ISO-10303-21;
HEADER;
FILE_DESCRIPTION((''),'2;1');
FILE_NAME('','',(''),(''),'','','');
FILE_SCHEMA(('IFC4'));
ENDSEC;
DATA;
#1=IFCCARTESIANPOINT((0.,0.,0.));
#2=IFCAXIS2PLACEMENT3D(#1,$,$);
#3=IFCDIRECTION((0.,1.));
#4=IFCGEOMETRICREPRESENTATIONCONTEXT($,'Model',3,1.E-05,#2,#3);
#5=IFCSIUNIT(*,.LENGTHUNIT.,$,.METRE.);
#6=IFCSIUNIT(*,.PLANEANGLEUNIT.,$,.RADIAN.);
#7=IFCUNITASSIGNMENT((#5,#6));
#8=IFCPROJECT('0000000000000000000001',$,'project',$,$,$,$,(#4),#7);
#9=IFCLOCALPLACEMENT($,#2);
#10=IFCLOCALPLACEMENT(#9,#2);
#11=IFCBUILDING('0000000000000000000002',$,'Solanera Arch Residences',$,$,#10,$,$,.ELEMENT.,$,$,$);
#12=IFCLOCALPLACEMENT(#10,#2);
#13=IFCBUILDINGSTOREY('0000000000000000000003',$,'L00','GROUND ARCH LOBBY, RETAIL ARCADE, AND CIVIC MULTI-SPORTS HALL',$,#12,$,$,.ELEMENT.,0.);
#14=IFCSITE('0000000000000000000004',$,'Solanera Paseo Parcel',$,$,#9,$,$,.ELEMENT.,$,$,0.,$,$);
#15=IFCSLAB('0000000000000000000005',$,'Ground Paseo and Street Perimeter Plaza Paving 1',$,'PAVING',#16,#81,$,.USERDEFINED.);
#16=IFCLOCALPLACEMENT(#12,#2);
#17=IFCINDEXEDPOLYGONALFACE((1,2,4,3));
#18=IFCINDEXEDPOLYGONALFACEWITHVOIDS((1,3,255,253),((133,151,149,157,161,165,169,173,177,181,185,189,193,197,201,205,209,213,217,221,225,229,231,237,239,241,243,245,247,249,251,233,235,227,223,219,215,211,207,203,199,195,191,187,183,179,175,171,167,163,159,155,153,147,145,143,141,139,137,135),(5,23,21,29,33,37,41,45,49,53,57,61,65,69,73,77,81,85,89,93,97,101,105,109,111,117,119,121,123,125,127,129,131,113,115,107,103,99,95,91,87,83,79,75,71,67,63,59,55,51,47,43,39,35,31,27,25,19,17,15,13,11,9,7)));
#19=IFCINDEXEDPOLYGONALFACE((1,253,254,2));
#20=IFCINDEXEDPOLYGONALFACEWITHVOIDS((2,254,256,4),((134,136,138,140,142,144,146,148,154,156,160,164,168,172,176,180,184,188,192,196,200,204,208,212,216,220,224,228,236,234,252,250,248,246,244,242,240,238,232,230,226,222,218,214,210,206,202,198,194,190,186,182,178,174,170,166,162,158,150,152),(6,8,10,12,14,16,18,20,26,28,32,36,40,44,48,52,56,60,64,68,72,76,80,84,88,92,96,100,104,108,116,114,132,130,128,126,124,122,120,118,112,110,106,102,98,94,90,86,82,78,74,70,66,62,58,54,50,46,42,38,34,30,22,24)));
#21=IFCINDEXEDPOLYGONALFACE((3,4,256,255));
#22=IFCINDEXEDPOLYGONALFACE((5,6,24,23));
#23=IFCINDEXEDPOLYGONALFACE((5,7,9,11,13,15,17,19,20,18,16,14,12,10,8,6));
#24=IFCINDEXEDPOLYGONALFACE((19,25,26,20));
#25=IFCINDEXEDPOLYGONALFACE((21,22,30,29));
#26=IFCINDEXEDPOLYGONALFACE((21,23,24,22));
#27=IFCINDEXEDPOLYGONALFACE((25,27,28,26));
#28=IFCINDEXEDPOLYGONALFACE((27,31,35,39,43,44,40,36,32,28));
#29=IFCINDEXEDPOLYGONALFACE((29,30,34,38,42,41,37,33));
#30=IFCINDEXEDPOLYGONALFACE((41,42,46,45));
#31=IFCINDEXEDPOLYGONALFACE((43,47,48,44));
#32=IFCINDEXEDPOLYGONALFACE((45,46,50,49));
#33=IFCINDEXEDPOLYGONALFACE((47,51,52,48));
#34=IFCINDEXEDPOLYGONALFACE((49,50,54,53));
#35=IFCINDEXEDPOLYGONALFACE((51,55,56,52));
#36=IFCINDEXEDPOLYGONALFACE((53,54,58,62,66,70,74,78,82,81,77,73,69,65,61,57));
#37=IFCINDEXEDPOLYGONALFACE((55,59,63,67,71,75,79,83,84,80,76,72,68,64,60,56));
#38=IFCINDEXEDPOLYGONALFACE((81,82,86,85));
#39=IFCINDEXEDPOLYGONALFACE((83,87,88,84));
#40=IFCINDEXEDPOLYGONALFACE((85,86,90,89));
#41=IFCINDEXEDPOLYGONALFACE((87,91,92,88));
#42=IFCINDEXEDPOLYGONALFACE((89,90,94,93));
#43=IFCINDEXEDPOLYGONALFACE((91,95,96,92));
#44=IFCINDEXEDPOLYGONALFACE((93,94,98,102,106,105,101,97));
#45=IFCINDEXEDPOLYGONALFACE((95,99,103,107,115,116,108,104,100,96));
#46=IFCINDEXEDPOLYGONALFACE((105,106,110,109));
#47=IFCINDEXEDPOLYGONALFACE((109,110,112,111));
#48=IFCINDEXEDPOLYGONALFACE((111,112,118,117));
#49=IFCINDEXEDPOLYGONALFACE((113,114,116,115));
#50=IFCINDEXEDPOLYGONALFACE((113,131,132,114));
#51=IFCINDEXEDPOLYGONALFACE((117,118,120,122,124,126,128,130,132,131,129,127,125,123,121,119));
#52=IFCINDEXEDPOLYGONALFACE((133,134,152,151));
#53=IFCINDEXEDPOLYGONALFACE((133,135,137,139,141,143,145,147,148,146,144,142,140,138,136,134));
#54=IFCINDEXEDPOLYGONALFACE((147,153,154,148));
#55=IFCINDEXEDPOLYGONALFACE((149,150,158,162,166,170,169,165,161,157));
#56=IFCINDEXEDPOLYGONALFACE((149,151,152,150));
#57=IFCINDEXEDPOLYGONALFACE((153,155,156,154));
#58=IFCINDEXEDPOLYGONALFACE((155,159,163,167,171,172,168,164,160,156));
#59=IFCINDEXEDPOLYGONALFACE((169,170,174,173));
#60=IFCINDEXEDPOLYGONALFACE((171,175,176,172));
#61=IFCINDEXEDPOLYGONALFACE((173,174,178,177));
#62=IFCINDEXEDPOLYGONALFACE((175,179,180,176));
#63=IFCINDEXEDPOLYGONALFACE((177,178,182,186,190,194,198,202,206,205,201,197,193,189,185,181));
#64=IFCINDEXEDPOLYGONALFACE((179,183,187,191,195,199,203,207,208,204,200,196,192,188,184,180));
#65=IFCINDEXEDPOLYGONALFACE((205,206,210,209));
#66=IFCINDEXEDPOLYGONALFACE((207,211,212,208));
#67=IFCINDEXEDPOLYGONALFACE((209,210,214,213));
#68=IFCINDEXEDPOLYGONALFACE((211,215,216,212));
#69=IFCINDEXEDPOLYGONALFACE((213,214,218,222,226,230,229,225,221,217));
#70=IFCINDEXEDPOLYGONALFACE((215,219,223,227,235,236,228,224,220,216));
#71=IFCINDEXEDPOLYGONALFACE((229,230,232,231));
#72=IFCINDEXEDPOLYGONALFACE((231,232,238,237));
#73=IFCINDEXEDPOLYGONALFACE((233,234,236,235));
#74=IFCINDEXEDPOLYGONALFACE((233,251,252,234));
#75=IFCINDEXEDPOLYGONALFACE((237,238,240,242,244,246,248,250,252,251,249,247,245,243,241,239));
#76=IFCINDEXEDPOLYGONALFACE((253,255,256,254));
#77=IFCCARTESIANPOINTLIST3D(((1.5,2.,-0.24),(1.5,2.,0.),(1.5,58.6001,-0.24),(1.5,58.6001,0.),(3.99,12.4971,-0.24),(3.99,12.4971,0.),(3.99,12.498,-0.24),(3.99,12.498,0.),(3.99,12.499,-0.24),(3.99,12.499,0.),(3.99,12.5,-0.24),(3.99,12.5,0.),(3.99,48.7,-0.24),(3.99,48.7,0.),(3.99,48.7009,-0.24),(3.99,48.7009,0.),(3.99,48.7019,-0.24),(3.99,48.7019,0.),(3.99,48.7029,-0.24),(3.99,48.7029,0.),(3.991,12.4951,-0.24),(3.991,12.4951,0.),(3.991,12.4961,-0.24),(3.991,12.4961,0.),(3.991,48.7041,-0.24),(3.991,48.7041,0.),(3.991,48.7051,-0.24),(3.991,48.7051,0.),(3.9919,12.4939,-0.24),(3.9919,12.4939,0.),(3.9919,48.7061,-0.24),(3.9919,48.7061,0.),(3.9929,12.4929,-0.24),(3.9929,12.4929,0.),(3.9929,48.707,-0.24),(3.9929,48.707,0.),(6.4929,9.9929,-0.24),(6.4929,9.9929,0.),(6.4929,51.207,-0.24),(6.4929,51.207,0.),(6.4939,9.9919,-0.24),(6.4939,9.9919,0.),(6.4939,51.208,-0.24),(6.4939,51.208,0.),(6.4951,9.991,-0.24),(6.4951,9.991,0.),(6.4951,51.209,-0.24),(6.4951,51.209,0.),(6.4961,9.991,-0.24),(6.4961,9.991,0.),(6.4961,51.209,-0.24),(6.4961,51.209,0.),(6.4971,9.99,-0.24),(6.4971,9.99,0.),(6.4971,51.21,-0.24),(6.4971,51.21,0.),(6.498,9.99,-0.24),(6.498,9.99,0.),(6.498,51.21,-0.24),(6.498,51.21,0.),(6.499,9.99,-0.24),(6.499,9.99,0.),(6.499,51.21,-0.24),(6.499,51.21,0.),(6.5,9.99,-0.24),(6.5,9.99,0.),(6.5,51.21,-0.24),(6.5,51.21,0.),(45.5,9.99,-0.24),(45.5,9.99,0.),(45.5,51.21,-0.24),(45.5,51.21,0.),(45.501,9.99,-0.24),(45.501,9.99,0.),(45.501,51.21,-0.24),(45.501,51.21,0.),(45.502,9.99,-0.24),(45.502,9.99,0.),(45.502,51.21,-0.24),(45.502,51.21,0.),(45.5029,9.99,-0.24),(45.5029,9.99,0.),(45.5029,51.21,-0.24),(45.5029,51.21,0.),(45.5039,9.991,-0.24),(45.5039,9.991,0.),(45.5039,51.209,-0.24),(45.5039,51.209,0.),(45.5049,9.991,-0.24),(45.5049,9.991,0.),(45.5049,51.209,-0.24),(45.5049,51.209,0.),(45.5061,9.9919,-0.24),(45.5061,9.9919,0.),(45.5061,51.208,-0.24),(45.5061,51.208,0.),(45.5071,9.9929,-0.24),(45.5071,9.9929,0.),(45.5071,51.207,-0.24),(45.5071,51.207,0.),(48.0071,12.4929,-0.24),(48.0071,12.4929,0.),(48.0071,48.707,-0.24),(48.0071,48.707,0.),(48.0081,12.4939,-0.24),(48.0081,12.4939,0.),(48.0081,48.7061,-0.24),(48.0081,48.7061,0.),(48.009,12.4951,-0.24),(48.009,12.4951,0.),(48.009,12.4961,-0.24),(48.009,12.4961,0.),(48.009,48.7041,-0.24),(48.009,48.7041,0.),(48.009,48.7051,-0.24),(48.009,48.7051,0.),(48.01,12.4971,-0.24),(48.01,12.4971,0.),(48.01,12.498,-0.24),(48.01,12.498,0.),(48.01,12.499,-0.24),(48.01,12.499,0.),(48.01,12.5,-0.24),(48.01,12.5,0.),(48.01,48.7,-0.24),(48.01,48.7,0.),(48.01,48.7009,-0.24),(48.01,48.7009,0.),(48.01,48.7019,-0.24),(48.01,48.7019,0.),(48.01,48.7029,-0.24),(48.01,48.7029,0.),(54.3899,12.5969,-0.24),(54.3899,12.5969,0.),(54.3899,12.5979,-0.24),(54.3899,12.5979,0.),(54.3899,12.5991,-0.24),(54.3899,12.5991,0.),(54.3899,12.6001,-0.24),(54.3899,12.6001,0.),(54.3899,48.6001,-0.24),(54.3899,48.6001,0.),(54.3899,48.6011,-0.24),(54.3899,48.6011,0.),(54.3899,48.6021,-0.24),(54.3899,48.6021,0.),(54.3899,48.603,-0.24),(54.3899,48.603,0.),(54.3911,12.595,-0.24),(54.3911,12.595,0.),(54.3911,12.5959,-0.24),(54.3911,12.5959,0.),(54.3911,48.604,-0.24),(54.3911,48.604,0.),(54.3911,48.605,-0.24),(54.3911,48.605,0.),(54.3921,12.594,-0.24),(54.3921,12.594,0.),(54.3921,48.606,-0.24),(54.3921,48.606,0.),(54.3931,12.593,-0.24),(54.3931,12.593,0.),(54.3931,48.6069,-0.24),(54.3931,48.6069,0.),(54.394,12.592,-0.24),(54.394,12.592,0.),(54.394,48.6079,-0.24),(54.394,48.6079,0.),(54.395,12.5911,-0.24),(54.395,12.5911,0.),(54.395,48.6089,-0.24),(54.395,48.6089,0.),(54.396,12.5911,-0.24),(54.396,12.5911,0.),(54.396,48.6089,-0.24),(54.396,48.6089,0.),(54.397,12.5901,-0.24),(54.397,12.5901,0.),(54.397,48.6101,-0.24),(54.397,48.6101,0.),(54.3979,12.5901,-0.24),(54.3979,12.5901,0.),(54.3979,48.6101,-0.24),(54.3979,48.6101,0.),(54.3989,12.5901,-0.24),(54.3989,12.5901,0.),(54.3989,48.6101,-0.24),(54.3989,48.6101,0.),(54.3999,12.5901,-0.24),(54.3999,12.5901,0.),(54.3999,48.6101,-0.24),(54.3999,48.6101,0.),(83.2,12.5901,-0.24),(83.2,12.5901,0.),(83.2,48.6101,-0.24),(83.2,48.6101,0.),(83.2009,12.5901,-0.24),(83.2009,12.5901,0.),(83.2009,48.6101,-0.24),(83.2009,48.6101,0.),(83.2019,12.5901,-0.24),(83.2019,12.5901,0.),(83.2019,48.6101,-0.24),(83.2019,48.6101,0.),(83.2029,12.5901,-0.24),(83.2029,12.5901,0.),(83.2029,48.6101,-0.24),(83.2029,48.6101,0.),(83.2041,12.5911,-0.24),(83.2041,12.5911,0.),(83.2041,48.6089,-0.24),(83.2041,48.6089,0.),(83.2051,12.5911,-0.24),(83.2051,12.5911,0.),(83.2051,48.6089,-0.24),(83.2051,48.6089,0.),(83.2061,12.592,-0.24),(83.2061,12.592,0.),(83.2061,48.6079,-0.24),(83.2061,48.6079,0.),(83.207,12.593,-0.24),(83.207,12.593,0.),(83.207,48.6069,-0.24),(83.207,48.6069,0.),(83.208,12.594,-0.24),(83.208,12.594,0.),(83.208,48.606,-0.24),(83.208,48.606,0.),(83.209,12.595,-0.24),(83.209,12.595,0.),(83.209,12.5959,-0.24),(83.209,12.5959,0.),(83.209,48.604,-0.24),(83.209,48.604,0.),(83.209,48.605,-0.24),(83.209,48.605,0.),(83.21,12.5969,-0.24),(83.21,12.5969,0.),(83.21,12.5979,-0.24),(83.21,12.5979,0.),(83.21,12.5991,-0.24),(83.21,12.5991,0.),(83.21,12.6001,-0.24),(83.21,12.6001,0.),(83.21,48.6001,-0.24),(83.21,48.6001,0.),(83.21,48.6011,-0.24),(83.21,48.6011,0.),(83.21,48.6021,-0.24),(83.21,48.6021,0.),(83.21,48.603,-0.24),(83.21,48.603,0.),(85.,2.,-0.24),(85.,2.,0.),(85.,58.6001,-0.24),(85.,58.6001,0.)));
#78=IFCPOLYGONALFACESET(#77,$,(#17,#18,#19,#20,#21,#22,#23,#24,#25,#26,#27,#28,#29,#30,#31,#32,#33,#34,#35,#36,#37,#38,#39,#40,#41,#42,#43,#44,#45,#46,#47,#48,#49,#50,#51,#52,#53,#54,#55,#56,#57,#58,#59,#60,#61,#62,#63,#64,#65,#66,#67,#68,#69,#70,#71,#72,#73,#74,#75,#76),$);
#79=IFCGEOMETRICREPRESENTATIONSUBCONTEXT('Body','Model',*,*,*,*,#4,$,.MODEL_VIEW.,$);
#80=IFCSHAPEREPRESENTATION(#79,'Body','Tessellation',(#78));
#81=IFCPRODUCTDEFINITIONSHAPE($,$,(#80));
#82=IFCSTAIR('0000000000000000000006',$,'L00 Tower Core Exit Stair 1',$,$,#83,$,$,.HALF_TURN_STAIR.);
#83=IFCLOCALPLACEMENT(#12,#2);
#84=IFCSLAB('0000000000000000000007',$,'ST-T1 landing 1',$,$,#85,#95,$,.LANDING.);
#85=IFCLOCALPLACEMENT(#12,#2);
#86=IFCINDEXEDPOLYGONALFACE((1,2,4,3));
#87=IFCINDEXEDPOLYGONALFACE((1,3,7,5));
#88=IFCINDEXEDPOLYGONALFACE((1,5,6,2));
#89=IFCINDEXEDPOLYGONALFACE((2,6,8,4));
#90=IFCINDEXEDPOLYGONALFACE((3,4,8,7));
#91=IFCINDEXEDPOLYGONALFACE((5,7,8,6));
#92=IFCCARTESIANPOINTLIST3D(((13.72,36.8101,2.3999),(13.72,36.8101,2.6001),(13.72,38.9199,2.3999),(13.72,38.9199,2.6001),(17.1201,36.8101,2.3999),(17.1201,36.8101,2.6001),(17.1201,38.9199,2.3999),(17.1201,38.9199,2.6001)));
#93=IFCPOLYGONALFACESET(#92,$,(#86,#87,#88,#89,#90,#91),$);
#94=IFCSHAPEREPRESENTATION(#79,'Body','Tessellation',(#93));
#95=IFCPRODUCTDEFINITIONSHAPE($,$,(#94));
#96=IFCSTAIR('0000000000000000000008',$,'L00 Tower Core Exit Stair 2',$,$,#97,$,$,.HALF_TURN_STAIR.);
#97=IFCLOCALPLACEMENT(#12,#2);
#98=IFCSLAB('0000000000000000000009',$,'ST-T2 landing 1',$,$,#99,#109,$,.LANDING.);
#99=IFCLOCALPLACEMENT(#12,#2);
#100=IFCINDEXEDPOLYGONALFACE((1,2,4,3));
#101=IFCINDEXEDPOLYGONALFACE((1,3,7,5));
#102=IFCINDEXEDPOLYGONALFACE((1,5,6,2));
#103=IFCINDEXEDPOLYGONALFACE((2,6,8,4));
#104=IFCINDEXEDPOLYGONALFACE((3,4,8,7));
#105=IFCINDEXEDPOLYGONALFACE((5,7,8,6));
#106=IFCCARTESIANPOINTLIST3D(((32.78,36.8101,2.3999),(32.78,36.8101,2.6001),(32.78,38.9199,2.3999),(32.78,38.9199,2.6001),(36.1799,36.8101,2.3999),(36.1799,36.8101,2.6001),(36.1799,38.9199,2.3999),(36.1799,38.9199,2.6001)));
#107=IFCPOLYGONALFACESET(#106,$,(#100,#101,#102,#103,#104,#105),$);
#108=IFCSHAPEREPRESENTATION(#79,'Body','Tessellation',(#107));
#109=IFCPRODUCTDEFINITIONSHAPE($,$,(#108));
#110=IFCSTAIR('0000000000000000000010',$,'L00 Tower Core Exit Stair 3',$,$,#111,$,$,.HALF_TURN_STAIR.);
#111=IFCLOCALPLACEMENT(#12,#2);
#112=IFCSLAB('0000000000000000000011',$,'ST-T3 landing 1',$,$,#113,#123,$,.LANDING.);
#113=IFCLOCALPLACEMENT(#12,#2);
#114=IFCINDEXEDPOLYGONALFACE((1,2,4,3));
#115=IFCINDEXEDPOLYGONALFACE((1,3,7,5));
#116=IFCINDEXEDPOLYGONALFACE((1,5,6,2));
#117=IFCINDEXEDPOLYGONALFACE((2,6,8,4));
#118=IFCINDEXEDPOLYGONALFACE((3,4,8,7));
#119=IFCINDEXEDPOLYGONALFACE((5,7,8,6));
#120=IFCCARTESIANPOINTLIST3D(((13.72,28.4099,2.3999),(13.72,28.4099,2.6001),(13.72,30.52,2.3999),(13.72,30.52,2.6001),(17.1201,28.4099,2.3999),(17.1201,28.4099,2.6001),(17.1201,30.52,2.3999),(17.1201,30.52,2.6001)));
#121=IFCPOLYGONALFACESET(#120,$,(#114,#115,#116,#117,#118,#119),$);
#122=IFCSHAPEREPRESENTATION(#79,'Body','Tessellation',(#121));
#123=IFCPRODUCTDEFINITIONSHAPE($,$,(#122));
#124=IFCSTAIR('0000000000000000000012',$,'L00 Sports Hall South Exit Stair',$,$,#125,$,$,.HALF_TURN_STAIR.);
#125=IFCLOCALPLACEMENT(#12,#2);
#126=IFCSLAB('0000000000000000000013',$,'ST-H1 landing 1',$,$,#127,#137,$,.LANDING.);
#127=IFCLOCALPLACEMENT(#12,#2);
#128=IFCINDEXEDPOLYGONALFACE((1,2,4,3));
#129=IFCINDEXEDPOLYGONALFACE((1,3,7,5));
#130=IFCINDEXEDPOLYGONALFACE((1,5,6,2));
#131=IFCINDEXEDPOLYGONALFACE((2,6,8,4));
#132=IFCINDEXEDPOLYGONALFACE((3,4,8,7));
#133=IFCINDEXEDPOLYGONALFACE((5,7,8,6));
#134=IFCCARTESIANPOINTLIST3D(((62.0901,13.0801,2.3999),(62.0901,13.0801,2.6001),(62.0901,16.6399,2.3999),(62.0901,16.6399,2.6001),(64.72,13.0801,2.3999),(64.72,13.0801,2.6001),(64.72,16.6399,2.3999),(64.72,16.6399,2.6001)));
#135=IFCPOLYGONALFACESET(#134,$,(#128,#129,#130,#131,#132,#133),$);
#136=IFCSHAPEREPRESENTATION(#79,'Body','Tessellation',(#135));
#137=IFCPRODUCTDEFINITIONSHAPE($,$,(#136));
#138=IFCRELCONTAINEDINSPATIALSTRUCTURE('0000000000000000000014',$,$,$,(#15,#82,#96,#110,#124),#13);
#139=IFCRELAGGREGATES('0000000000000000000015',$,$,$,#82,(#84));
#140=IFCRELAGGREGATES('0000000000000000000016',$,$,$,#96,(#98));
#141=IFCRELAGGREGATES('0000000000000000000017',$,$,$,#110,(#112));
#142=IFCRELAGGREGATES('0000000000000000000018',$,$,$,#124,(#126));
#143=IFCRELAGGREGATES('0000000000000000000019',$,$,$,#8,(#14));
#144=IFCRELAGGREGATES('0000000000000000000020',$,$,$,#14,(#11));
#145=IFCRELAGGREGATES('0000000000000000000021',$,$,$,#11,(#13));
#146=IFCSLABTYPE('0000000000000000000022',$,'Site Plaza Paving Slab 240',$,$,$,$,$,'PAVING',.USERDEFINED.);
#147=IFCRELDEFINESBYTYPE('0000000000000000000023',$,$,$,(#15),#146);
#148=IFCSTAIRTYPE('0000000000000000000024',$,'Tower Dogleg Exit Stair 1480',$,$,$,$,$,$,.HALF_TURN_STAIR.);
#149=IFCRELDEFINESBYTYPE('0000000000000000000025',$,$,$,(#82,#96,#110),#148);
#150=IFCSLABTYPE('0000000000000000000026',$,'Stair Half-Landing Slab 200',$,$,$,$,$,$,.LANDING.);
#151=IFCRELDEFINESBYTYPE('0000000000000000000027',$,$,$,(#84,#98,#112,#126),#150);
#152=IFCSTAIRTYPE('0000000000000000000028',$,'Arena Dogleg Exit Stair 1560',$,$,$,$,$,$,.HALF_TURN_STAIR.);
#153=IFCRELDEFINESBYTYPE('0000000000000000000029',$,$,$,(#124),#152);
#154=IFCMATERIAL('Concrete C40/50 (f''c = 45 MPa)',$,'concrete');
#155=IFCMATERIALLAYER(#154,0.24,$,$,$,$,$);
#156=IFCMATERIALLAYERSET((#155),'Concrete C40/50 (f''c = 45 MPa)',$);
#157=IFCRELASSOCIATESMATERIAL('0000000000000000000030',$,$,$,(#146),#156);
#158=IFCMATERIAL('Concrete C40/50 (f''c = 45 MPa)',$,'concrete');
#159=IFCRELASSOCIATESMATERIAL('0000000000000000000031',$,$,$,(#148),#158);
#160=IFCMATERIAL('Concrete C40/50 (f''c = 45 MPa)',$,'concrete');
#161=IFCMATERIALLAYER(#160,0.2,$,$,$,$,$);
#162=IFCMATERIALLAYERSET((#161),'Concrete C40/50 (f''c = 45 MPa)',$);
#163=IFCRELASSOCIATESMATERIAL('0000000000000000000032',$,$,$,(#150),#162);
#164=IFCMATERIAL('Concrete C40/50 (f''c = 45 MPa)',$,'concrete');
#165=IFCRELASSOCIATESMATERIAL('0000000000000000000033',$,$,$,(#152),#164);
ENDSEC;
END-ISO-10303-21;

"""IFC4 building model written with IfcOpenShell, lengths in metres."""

from ifc_helpers import new_model, si_unit, direction, frame, origin, place, context, subcontext, project, spatial, polyline, outline, extrude, material, layer, layer_set, type_object, element, aggregate, save


model = new_model("IFC4")

# Units and contexts
model_context = context("Model", 3, precision=1e-05, world=origin(), true_north=direction((0.0, 1.0)))
body_context = subcontext(model_context, "Body", "Model", "MODEL_VIEW")
ifc_project = project(units=[si_unit("LENGTHUNIT", "METRE"), si_unit("PLANEANGLEUNIT", "RADIAN")], contexts=[model_context])

# Site, building, storey
site_placement = place(None, origin())
site = spatial("IfcSite", under=ifc_project, at=site_placement, Name="Solanera Paseo Parcel", CompositionType="ELEMENT", RefElevation=0.0)
building_placement = place(site_placement, origin())
building = spatial("IfcBuilding", under=site, at=building_placement, Name="Solanera Arch Residences", CompositionType="ELEMENT")
storey_placement = place(building_placement, origin())
storey = spatial("IfcBuildingStorey", under=building, at=storey_placement, Name="L00", Description="GROUND ARCH LOBBY, RETAIL ARCADE, AND CIVIC MULTI-SPORTS HALL", CompositionType="ELEMENT", Elevation=0.0)

# Slab
ifc_material_1 = material(Name="Concrete C40/50 (f'c = 45 MPa)", Category="concrete")
ifc_layer_1 = layer(ifc_material_1, 0.24)
ifc_layer_set_1 = layer_set([ifc_layer_1], Name="Concrete C40/50 (f'c = 45 MPa)")
slab_type_1 = type_object("IfcSlabType", Name="Site Plaza Paving Slab 240", ElementType="PAVING", PredefinedType="USERDEFINED", material=ifc_layer_set_1)
slab_1_placement = place(storey_placement, frame((0.0, 0.0, -0.24)))
element("IfcSlab", 1, at=slab_1_placement, inside=storey, type_object=slab_type_1, Name="Ground Paseo and Street Perimeter Plaza Paving 1", ObjectType="PAVING", PredefinedType="USERDEFINED", context=body_context, shape_type="SweptSolid", body=[
    extrude(outline(polyline([(1.5, 2.0), (85.0, 2.0), (85.0, 58.6001), (1.5, 58.6001), (1.5, 2.0)]), holes=[polyline([(6.4929, 9.9929), (3.9929, 12.4929), (3.9919, 12.4939), (3.9919, 12.4939), (3.991, 12.4951), (3.991, 12.4961), (3.99, 12.4971), (3.99, 12.498), (3.99, 12.499), (3.99, 12.5), (3.99, 48.7), (3.99, 48.7009), (3.99, 48.7019), (3.99, 48.7029), (3.991, 48.7041), (3.991, 48.7051), (3.9919, 48.7061), (3.9919, 48.7061), (3.9929, 48.707), (6.4929, 51.207), (6.4939, 51.208), (6.4939, 51.208), (6.4951, 51.209), (6.4961, 51.209), (6.4971, 51.21), (6.498, 51.21), (6.499, 51.21), (6.5, 51.21), (45.5, 51.21), (45.501, 51.21), (45.502, 51.21), (45.5029, 51.21), (45.5039, 51.209), (45.5049, 51.209), (45.5061, 51.208), (45.5061, 51.208), (45.5071, 51.207), (48.0071, 48.707), (48.0081, 48.7061), (48.0081, 48.7061), (48.009, 48.7051), (48.009, 48.7041), (48.01, 48.7029), (48.01, 48.7019), (48.01, 48.7009), (48.01, 48.7), (48.01, 12.5), (48.01, 12.499), (48.01, 12.498), (48.01, 12.4971), (48.009, 12.4961), (48.009, 12.4951), (48.0081, 12.4939), (48.0081, 12.4939), (48.0071, 12.4929), (45.5071, 9.9929), (45.5061, 9.9919), (45.5061, 9.9919), (45.5049, 9.991), (45.5039, 9.991), (45.5029, 9.99), (45.502, 9.99), (45.501, 9.99), (45.5, 9.99), (6.5, 9.99), (6.499, 9.99), (6.498, 9.99), (6.4971, 9.99), (6.4961, 9.991), (6.4951, 9.991), (6.4939, 9.9919), (6.4929, 9.9929)]), polyline([(54.3899, 12.6001), (54.3899, 48.6001), (54.3899, 48.6011), (54.3899, 48.6021), (54.3899, 48.603), (54.3911, 48.604), (54.3911, 48.605), (54.3921, 48.606), (54.3921, 48.606), (54.3931, 48.6069), (54.394, 48.6079), (54.394, 48.6079), (54.395, 48.6089), (54.396, 48.6089), (54.397, 48.6101), (54.3979, 48.6101), (54.3989, 48.6101), (54.3999, 48.6101), (83.2, 48.6101), (83.2009, 48.6101), (83.2019, 48.6101), (83.2029, 48.6101), (83.2041, 48.6089), (83.2051, 48.6089), (83.2061, 48.6079), (83.2061, 48.6079), (83.207, 48.6069), (83.208, 48.606), (83.208, 48.606), (83.209, 48.605), (83.209, 48.604), (83.21, 48.603), (83.21, 48.6021), (83.21, 48.6011), (83.21, 48.6001), (83.21, 12.6001), (83.21, 12.5991), (83.21, 12.5979), (83.21, 12.5969), (83.209, 12.5959), (83.209, 12.595), (83.208, 12.594), (83.208, 12.594), (83.207, 12.593), (83.2061, 12.592), (83.2061, 12.592), (83.2051, 12.5911), (83.2041, 12.5911), (83.2029, 12.5901), (83.2019, 12.5901), (83.2009, 12.5901), (83.2, 12.5901), (54.3999, 12.5901), (54.3989, 12.5901), (54.3979, 12.5901), (54.397, 12.5901), (54.396, 12.5911), (54.395, 12.5911), (54.394, 12.592), (54.394, 12.592), (54.3931, 12.593), (54.3921, 12.594), (54.3921, 12.594), (54.3911, 12.595), (54.3911, 12.5959), (54.3899, 12.5969), (54.3899, 12.5979), (54.3899, 12.5991), (54.3899, 12.6001)])]), origin(), (0.0, 0.0, 1.0), 0.24),
])

# Stairs, slabs
ifc_material_2 = material(Name="Concrete C40/50 (f'c = 45 MPa)", Category="concrete")
stair_type_1 = type_object("IfcStairType", Name="Tower Dogleg Exit Stair 1480", PredefinedType="HALF_TURN_STAIR", material=ifc_material_2)
stair_1_placement = place(storey_placement, origin())
stair_1 = element("IfcStair", 2, at=stair_1_placement, inside=storey, type_object=stair_type_1, Name="L00 Tower Core Exit Stair 1", PredefinedType="HALF_TURN_STAIR")
ifc_material_3 = material(Name="Concrete C40/50 (f'c = 45 MPa)", Category="concrete")
ifc_layer_2 = layer(ifc_material_3, 0.2)
ifc_layer_set_2 = layer_set([ifc_layer_2], Name="Concrete C40/50 (f'c = 45 MPa)")
slab_type_2 = type_object("IfcSlabType", Name="Stair Half-Landing Slab 200", PredefinedType="LANDING", material=ifc_layer_set_2)
slab_2_placement = place(storey_placement, frame((0.0, 0.0, 2.3999)))
slab_2 = element("IfcSlab", 3, at=slab_2_placement, type_object=slab_type_2, Name="ST-T1 landing 1", PredefinedType="LANDING", context=body_context, shape_type="SweptSolid", body=[
    extrude(outline(polyline([(17.1201, 36.8101), (17.1201, 38.9199), (13.72, 38.9199), (13.72, 36.8101), (17.1201, 36.8101)])), origin(), (0.0, 0.0, 1.0), 0.2002),
])
aggregate(stair_1, [slab_2])
stair_2_placement = place(storey_placement, origin())
stair_2 = element("IfcStair", 4, at=stair_2_placement, inside=storey, type_object=stair_type_1, Name="L00 Tower Core Exit Stair 2", PredefinedType="HALF_TURN_STAIR")
slab_3_placement = place(storey_placement, frame((0.0, 0.0, 2.3999)))
slab_3 = element("IfcSlab", 5, at=slab_3_placement, type_object=slab_type_2, Name="ST-T2 landing 1", PredefinedType="LANDING", context=body_context, shape_type="SweptSolid", body=[
    extrude(outline(polyline([(36.1799, 36.8101), (36.1799, 38.9199), (32.78, 38.9199), (32.78, 36.8101), (36.1799, 36.8101)])), origin(), (0.0, 0.0, 1.0), 0.2002),
])
aggregate(stair_2, [slab_3])
stair_3_placement = place(storey_placement, origin())
stair_3 = element("IfcStair", 6, at=stair_3_placement, inside=storey, type_object=stair_type_1, Name="L00 Tower Core Exit Stair 3", PredefinedType="HALF_TURN_STAIR")
slab_4_placement = place(storey_placement, frame((0.0, 0.0, 2.3999)))
slab_4 = element("IfcSlab", 7, at=slab_4_placement, type_object=slab_type_2, Name="ST-T3 landing 1", PredefinedType="LANDING", context=body_context, shape_type="SweptSolid", body=[
    extrude(outline(polyline([(17.1201, 28.4099), (17.1201, 30.52), (13.72, 30.52), (13.72, 28.4099), (17.1201, 28.4099)])), origin(), (0.0, 0.0, 1.0), 0.2002),
])
aggregate(stair_3, [slab_4])
ifc_material_4 = material(Name="Concrete C40/50 (f'c = 45 MPa)", Category="concrete")
stair_type_2 = type_object("IfcStairType", Name="Arena Dogleg Exit Stair 1560", PredefinedType="HALF_TURN_STAIR", material=ifc_material_4)
stair_4_placement = place(storey_placement, origin())
stair_4 = element("IfcStair", 8, at=stair_4_placement, inside=storey, type_object=stair_type_2, Name="L00 Sports Hall South Exit Stair", PredefinedType="HALF_TURN_STAIR")
slab_5_placement = place(storey_placement, frame((0.0, 0.0, 2.3999)))
slab_5 = element("IfcSlab", 9, at=slab_5_placement, type_object=slab_type_2, Name="ST-H1 landing 1", PredefinedType="LANDING", context=body_context, shape_type="SweptSolid", body=[
    extrude(outline(polyline([(62.0901, 13.0801), (64.72, 13.0801), (64.72, 16.6399), (62.0901, 16.6399), (62.0901, 13.0801)])), origin(), (0.0, 0.0, 1.0), 0.2002),
])
aggregate(stair_4, [slab_5])

save(model, "model.ifc")
